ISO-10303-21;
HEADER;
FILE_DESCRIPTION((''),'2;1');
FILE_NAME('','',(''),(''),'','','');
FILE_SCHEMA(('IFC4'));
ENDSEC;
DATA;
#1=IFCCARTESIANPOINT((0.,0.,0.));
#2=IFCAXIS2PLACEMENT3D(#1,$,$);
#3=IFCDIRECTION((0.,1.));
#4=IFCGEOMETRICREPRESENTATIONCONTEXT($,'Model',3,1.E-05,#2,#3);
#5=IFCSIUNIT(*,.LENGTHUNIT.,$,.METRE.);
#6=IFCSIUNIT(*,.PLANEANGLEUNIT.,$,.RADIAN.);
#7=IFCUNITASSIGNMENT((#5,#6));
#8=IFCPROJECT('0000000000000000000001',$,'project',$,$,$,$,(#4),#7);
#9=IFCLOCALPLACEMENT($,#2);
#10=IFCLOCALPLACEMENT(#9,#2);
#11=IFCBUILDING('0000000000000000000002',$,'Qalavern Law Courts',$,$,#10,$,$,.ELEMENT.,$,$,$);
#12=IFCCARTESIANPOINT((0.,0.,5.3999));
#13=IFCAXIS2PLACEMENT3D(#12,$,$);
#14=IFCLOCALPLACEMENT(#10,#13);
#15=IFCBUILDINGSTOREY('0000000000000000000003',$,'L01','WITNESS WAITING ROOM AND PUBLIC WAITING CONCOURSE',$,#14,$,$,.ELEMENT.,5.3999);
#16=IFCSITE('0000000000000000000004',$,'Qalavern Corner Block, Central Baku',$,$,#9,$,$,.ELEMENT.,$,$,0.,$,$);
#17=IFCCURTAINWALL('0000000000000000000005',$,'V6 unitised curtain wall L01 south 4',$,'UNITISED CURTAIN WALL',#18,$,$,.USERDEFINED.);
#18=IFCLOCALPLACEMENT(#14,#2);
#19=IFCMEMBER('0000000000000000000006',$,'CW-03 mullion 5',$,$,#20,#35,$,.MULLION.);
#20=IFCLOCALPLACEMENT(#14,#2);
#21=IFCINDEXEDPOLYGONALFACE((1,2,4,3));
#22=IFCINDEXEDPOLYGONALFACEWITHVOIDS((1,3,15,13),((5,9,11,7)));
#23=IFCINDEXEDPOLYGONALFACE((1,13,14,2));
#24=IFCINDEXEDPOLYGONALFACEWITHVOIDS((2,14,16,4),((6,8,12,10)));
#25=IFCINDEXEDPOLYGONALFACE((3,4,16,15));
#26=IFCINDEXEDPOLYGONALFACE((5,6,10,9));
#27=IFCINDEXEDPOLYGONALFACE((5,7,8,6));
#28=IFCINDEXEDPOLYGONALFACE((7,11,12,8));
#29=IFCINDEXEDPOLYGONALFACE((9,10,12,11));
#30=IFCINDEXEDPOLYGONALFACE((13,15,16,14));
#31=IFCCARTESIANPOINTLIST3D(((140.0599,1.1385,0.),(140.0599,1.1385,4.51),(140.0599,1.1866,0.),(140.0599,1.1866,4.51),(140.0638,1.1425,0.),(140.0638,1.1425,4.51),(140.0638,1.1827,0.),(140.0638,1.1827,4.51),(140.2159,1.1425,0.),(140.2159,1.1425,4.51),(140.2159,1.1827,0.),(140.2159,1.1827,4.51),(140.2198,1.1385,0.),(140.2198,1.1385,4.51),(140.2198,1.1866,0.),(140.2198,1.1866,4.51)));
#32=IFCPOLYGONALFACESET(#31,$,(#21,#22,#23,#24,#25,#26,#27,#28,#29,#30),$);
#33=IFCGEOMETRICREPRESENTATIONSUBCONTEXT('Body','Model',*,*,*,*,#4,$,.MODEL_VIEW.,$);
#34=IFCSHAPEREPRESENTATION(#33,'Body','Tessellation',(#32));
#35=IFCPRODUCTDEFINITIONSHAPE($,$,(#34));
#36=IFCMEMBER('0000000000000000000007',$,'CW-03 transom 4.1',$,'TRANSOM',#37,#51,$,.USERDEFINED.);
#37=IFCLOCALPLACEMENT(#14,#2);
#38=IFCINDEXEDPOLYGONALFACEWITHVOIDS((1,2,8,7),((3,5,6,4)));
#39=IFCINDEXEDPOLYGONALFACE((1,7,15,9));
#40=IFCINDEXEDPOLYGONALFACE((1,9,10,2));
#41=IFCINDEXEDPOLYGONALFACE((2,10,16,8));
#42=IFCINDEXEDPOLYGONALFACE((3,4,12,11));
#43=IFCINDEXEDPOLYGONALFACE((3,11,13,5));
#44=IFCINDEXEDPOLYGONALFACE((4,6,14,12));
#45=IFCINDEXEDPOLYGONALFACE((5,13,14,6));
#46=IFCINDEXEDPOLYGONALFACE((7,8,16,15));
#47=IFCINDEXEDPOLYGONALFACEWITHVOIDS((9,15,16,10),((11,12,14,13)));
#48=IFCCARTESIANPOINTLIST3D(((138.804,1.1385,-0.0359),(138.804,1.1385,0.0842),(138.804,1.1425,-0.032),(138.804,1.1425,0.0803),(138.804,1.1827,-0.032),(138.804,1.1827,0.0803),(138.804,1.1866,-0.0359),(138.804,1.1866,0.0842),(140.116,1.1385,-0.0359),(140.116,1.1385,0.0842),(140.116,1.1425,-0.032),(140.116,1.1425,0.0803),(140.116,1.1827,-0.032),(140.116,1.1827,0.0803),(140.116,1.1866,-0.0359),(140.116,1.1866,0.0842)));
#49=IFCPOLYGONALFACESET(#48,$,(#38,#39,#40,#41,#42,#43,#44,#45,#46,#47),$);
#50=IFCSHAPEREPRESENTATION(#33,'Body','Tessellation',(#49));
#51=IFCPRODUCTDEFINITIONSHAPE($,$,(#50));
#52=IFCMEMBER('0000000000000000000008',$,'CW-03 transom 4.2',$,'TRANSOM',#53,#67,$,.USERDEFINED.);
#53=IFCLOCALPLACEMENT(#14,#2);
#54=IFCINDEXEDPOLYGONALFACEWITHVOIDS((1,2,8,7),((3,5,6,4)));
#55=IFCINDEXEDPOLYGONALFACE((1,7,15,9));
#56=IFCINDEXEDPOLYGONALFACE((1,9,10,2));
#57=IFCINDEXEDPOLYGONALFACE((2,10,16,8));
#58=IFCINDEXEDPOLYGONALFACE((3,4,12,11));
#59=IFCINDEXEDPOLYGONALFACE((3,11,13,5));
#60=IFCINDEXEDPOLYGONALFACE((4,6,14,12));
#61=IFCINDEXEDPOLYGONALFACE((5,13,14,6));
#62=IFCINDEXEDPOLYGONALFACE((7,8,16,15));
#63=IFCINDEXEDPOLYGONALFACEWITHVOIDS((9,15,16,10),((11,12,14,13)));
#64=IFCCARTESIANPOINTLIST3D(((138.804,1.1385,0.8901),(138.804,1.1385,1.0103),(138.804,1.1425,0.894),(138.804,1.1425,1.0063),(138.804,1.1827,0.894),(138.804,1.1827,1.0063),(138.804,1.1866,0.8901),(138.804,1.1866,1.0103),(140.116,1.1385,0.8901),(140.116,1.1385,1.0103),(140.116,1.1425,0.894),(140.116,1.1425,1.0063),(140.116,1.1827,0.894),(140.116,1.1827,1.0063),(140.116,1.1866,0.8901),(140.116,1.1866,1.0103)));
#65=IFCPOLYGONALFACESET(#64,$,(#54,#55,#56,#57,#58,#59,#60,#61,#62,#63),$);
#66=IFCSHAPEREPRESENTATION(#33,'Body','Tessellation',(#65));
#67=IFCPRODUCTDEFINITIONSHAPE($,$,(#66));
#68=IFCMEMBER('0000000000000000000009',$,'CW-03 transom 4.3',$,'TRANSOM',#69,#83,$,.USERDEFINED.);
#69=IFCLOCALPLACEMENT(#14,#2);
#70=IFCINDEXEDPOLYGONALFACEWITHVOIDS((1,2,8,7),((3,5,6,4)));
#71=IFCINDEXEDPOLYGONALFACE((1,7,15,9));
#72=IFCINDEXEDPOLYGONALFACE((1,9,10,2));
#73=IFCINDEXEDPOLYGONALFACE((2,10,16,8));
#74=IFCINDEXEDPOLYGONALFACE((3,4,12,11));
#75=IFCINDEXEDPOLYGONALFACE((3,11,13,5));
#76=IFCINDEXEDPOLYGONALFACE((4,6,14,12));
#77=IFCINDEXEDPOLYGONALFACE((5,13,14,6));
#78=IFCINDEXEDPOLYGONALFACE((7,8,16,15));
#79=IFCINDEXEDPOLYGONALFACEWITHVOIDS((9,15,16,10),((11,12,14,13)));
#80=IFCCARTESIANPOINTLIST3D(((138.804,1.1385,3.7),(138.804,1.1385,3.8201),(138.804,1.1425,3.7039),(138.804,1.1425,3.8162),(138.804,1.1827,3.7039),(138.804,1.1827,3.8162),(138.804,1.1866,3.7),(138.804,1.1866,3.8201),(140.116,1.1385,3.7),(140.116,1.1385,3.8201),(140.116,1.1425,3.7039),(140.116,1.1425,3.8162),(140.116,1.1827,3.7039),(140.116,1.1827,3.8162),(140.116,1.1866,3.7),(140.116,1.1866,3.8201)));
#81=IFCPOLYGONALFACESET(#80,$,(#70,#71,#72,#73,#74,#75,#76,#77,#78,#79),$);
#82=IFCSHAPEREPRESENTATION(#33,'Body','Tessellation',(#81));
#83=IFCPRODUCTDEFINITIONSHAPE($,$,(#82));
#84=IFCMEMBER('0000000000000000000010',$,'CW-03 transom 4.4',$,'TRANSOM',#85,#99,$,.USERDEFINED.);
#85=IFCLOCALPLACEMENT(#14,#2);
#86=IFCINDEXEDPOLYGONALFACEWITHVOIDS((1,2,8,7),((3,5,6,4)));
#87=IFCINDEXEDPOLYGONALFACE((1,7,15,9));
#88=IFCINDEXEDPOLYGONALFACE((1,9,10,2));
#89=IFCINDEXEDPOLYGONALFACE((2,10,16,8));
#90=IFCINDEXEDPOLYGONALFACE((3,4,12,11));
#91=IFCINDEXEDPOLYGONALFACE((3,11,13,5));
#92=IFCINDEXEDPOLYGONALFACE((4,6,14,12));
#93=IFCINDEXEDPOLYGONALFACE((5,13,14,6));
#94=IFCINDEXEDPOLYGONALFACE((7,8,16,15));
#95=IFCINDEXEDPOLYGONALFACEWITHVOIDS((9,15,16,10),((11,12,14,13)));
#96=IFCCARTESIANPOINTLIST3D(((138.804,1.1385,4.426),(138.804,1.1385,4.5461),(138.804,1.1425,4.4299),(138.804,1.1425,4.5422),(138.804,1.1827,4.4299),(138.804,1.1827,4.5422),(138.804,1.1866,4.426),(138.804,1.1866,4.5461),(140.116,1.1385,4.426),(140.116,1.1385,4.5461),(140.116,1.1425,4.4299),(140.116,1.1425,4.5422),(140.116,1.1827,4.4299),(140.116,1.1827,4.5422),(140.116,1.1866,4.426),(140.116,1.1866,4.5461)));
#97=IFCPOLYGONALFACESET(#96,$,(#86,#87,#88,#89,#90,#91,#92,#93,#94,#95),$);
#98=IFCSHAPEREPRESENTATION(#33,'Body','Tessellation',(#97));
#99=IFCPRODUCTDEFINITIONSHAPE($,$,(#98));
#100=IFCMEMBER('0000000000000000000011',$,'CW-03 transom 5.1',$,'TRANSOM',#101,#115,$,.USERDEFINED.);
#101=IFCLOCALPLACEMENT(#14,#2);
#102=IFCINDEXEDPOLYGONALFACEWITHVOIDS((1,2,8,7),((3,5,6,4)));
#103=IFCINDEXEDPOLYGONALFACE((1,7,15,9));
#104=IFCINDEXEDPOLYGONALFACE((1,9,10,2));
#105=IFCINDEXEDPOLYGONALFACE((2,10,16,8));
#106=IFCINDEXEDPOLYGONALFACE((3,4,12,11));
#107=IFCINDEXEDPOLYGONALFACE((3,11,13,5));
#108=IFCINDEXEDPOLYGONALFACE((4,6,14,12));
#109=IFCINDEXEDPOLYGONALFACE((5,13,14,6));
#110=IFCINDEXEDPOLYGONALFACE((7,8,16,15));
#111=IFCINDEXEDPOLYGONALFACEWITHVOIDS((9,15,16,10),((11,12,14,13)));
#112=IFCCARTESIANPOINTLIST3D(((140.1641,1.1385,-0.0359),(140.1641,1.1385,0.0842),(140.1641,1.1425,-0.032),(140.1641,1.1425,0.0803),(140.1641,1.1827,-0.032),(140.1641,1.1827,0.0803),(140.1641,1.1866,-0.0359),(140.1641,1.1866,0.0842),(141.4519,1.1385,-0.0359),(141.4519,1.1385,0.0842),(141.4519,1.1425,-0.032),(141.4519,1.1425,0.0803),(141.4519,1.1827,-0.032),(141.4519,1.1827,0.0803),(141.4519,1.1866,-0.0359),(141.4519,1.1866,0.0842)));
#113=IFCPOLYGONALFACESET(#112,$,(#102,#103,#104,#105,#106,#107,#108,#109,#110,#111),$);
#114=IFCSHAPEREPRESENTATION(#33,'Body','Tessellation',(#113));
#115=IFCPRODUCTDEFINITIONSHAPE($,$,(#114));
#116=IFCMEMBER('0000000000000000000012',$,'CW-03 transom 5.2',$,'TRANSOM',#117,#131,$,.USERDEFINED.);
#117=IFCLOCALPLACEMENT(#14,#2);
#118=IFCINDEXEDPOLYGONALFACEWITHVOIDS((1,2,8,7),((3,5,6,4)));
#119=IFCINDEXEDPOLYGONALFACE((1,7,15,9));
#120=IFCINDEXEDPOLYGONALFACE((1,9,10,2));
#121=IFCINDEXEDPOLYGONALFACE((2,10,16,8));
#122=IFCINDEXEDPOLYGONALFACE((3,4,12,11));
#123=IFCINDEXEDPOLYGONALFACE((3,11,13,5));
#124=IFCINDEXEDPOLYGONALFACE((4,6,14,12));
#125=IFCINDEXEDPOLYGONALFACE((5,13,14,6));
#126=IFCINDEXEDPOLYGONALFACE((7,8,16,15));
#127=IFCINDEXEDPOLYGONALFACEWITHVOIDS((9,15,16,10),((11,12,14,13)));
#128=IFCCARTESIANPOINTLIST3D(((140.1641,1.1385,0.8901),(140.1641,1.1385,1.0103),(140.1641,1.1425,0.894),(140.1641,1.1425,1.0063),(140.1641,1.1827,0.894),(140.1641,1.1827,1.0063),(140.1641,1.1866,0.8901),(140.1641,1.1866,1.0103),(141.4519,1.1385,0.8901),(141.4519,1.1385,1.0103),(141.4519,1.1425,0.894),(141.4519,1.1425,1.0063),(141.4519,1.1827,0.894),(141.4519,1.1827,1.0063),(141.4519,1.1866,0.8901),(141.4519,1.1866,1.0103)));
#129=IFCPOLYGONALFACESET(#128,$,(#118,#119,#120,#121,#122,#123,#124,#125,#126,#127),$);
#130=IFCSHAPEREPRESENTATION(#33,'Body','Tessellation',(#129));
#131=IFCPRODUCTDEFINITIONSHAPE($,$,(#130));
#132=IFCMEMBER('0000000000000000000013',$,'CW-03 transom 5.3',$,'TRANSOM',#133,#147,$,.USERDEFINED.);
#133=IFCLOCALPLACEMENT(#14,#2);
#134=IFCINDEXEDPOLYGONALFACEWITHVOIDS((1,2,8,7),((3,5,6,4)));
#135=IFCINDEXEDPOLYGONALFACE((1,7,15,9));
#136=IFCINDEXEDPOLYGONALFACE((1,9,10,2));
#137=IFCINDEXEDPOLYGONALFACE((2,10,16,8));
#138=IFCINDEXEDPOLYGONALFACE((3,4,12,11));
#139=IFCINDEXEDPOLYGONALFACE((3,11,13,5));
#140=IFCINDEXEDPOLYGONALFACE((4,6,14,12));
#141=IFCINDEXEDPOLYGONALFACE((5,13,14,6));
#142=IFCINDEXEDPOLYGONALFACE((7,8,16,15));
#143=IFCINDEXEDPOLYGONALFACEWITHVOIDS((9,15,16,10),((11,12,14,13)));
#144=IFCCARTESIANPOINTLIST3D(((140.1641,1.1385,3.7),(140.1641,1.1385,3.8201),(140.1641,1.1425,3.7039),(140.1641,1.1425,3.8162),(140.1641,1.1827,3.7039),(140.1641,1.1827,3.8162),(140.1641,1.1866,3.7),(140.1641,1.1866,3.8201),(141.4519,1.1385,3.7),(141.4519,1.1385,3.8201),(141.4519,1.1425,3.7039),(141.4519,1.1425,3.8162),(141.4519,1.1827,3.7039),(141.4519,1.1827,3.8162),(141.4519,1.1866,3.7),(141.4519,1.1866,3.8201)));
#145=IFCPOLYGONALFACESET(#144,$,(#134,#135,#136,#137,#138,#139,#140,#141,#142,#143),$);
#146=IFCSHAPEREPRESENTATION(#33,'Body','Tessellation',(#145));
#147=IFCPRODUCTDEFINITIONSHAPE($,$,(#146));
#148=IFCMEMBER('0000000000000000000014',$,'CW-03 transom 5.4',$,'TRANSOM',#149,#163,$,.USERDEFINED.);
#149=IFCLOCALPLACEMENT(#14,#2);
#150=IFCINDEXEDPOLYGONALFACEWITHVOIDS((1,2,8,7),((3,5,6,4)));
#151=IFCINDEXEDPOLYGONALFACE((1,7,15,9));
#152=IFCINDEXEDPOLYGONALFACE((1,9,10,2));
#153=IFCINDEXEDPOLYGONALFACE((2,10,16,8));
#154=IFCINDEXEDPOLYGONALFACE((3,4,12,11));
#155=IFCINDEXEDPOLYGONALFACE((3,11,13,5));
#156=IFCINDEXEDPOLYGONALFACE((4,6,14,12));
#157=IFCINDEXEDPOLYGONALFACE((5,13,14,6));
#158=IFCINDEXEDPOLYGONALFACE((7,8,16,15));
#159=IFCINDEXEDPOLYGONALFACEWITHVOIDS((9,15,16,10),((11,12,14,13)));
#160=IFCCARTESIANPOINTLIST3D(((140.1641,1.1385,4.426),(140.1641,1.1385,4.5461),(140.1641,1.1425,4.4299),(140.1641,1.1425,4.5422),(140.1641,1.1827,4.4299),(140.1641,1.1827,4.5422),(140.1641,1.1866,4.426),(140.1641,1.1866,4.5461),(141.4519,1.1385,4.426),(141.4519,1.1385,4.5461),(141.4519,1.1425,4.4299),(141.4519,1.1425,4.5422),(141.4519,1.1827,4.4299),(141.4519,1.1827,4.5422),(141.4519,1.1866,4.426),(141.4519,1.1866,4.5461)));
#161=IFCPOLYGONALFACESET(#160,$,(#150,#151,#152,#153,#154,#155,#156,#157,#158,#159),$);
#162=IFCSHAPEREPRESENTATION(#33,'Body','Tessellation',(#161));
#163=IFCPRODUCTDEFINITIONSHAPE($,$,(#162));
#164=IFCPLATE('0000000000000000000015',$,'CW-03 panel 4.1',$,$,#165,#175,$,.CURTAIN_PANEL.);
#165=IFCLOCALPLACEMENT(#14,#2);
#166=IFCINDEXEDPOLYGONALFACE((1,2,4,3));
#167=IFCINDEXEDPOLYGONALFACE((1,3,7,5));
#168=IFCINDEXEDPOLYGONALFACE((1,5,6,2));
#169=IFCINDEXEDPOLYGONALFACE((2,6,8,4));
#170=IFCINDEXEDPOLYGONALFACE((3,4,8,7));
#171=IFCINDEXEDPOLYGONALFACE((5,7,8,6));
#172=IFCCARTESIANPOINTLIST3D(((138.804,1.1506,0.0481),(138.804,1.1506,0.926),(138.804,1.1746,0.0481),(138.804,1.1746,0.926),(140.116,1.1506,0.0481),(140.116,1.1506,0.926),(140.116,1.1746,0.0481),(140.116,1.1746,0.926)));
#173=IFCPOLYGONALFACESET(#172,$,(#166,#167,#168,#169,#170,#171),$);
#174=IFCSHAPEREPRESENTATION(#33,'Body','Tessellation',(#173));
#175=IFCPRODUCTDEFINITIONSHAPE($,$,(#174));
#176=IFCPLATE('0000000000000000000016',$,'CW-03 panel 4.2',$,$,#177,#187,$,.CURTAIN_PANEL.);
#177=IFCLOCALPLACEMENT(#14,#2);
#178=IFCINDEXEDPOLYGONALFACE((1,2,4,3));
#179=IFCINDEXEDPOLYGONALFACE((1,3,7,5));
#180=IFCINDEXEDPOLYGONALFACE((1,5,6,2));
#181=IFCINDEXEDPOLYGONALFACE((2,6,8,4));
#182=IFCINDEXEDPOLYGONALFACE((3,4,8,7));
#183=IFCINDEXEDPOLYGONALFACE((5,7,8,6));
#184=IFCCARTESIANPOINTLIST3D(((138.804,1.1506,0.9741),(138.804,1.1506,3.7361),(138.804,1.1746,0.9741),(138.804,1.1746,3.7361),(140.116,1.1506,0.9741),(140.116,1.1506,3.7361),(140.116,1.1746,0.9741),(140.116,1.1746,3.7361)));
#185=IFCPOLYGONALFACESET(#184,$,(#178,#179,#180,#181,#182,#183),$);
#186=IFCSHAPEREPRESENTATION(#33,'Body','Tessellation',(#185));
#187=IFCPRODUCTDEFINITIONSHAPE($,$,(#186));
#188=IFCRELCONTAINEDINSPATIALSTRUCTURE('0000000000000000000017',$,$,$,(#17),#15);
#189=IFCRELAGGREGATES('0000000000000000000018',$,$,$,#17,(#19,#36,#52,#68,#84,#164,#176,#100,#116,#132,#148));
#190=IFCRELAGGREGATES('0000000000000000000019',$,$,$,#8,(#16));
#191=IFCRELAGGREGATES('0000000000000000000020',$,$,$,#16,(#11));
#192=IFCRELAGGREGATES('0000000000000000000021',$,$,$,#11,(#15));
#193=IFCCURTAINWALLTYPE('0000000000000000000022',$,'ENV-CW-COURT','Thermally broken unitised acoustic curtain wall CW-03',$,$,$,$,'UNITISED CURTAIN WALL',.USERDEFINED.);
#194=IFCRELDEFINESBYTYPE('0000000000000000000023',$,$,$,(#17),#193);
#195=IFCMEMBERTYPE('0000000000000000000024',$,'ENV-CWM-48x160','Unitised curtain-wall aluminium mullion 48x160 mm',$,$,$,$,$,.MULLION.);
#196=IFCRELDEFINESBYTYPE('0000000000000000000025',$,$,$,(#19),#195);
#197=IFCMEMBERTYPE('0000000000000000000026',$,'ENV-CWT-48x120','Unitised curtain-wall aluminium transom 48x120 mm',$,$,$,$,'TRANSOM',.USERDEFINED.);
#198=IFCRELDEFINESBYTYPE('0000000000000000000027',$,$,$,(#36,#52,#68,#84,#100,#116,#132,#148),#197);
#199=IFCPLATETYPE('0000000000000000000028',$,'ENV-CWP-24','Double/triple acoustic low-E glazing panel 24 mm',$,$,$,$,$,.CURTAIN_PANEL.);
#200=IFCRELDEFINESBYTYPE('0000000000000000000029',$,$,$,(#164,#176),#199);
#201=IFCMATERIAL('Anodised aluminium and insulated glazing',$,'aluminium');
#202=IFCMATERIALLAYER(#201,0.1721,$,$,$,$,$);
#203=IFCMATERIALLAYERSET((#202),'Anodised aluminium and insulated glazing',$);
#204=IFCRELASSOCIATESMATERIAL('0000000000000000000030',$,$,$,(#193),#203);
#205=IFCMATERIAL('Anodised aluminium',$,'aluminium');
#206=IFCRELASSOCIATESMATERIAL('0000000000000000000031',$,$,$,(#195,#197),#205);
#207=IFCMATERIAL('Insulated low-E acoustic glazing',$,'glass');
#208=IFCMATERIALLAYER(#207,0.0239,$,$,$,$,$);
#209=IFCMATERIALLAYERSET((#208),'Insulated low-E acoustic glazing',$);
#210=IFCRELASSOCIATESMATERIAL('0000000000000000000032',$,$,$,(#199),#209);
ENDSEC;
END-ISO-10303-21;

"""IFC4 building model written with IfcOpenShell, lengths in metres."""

from ifc_helpers import new_model, si_unit, direction, frame, origin, origin_2d, place, context, subcontext, project, spatial, rectangle, hollow_rectangle, extrude, material, layer, layer_set, material_profile, profile_set, type_object, element, aggregate, save


model = new_model("IFC4")

# Units and contexts
model_context = context("Model", 3, precision=1e-05, world=origin(), true_north=direction((0.0, 1.0)))
body_context = subcontext(model_context, "Body", "Model", "MODEL_VIEW")
ifc_project = project(units=[si_unit("LENGTHUNIT", "METRE"), si_unit("PLANEANGLEUNIT", "RADIAN")], contexts=[model_context])

# Site, building, storey
site_placement = place(None, origin())
site = spatial("IfcSite", under=ifc_project, at=site_placement, Name="Qalavern Corner Block, Central Baku", CompositionType="ELEMENT", RefElevation=0.0)
building_placement = place(site_placement, origin())
building = spatial("IfcBuilding", under=site, at=building_placement, Name="Qalavern Law Courts", CompositionType="ELEMENT")
storey_placement = place(building_placement, frame((0.0, 0.0, 5.3999)))
storey = spatial("IfcBuildingStorey", under=building, at=storey_placement, Name="L01", Description="WITNESS WAITING ROOM AND PUBLIC WAITING CONCOURSE", CompositionType="ELEMENT", Elevation=5.3999)

# Curtain wall, members, plates
ifc_material_1 = material(Name="Anodised aluminium and insulated glazing", Category="aluminium")
ifc_layer_1 = layer(ifc_material_1, 0.1721)
ifc_layer_set_1 = layer_set([ifc_layer_1], Name="Anodised aluminium and insulated glazing")
curtain_wall_type = type_object("IfcCurtainWallType", Name="ENV-CW-COURT", Description="Thermally broken unitised acoustic curtain wall CW-03", ElementType="UNITISED CURTAIN WALL", PredefinedType="USERDEFINED", material=ifc_layer_set_1)
curtain_wall_placement = place(storey_placement, origin())
curtain_wall = element("IfcCurtainWall", 1, at=curtain_wall_placement, inside=storey, type_object=curtain_wall_type, Name="V6 unitised curtain wall L01 south 4", ObjectType="UNITISED CURTAIN WALL", PredefinedType="USERDEFINED")
ifc_material_2 = material(Name="Anodised aluminium", Category="aluminium")
ifc_material_profile_1 = material_profile(ifc_material_2, hollow_rectangle(XDim=0.0481, YDim=0.1599, WallThickness=0.0039, at=origin_2d()), Name="ALU MULLION 48x160")
ifc_profile_set_1 = profile_set([ifc_material_profile_1], Name="Anodised aluminium")
member_type_1 = type_object("IfcMemberType", Name="ENV-CWM-48x160", Description="Unitised curtain-wall aluminium mullion 48x160 mm", PredefinedType="MULLION", material=ifc_profile_set_1)
member_1_placement = place(storey_placement, frame((140.1399, 1.1626, 0.0), z_axis=(0.0, 0.0, 1.0), x_axis=(0.0, 1.0, 0.0)))
member_1 = element("IfcMember", 2, at=member_1_placement, type_object=member_type_1, Name="CW-03 mullion 5", PredefinedType="MULLION", context=body_context, shape_type="SweptSolid", body=[
    extrude(hollow_rectangle(XDim=0.0481, YDim=0.1599, WallThickness=0.0039, at=origin_2d()), origin(), (0.0, 0.0, 1.0), 4.51),
])
ifc_material_profile_2 = material_profile(ifc_material_2, hollow_rectangle(XDim=0.0481, YDim=0.1201, WallThickness=0.0039, at=origin_2d()), Name="ALU TRANSOM 48x120")
ifc_profile_set_2 = profile_set([ifc_material_profile_2], Name="Anodised aluminium")
member_type_2 = type_object("IfcMemberType", Name="ENV-CWT-48x120", Description="Unitised curtain-wall aluminium transom 48x120 mm", ElementType="TRANSOM", PredefinedType="USERDEFINED", material=ifc_profile_set_2)
member_2_placement = place(storey_placement, frame((138.804, 1.1626, 0.0242), z_axis=(1.0, 0.0, 0.0), x_axis=(0.0, 1.0, 0.0)))
member_2 = element("IfcMember", 3, at=member_2_placement, type_object=member_type_2, Name="CW-03 transom 4.1", ObjectType="TRANSOM", PredefinedType="USERDEFINED", context=body_context, shape_type="SweptSolid", body=[
    extrude(hollow_rectangle(XDim=0.0481, YDim=0.1201, WallThickness=0.0039, at=origin_2d()), origin(), (0.0, 0.0, 1.0), 1.312),
])
member_3_placement = place(storey_placement, frame((138.804, 1.1626, 0.9502), z_axis=(1.0, 0.0, 0.0), x_axis=(0.0, 1.0, 0.0)))
member_3 = element("IfcMember", 4, at=member_3_placement, type_object=member_type_2, Name="CW-03 transom 4.2", ObjectType="TRANSOM", PredefinedType="USERDEFINED", context=body_context, shape_type="SweptSolid", body=[
    extrude(hollow_rectangle(XDim=0.0481, YDim=0.1201, WallThickness=0.0039, at=origin_2d()), origin(), (0.0, 0.0, 1.0), 1.312),
])
member_4_placement = place(storey_placement, frame((138.804, 1.1626, 3.76), z_axis=(1.0, 0.0, 0.0), x_axis=(0.0, 1.0, 0.0)))
member_4 = element("IfcMember", 5, at=member_4_placement, type_object=member_type_2, Name="CW-03 transom 4.3", ObjectType="TRANSOM", PredefinedType="USERDEFINED", context=body_context, shape_type="SweptSolid", body=[
    extrude(hollow_rectangle(XDim=0.0481, YDim=0.1201, WallThickness=0.0039, at=origin_2d()), origin(), (0.0, 0.0, 1.0), 1.312),
])
member_5_placement = place(storey_placement, frame((138.804, 1.1626, 4.4861), z_axis=(1.0, 0.0, 0.0), x_axis=(0.0, 1.0, 0.0)))
member_5 = element("IfcMember", 6, at=member_5_placement, type_object=member_type_2, Name="CW-03 transom 4.4", ObjectType="TRANSOM", PredefinedType="USERDEFINED", context=body_context, shape_type="SweptSolid", body=[
    extrude(hollow_rectangle(XDim=0.0481, YDim=0.1201, WallThickness=0.0039, at=origin_2d()), origin(), (0.0, 0.0, 1.0), 1.312),
])
member_6_placement = place(storey_placement, frame((140.1641, 1.1626, 0.0242), z_axis=(1.0, 0.0, 0.0), x_axis=(0.0, 1.0, 0.0)))
member_6 = element("IfcMember", 7, at=member_6_placement, type_object=member_type_2, Name="CW-03 transom 5.1", ObjectType="TRANSOM", PredefinedType="USERDEFINED", context=body_context, shape_type="SweptSolid", body=[
    extrude(hollow_rectangle(XDim=0.0481, YDim=0.1201, WallThickness=0.0039, at=origin_2d()), origin(), (0.0, 0.0, 1.0), 1.2878),
])
member_7_placement = place(storey_placement, frame((140.1641, 1.1626, 0.9502), z_axis=(1.0, 0.0, 0.0), x_axis=(0.0, 1.0, 0.0)))
member_7 = element("IfcMember", 8, at=member_7_placement, type_object=member_type_2, Name="CW-03 transom 5.2", ObjectType="TRANSOM", PredefinedType="USERDEFINED", context=body_context, shape_type="SweptSolid", body=[
    extrude(hollow_rectangle(XDim=0.0481, YDim=0.1201, WallThickness=0.0039, at=origin_2d()), origin(), (0.0, 0.0, 1.0), 1.2878),
])
member_8_placement = place(storey_placement, frame((140.1641, 1.1626, 3.76), z_axis=(1.0, 0.0, 0.0), x_axis=(0.0, 1.0, 0.0)))
member_8 = element("IfcMember", 9, at=member_8_placement, type_object=member_type_2, Name="CW-03 transom 5.3", ObjectType="TRANSOM", PredefinedType="USERDEFINED", context=body_context, shape_type="SweptSolid", body=[
    extrude(hollow_rectangle(XDim=0.0481, YDim=0.1201, WallThickness=0.0039, at=origin_2d()), origin(), (0.0, 0.0, 1.0), 1.2878),
])
member_9_placement = place(storey_placement, frame((140.1641, 1.1626, 4.4861), z_axis=(1.0, 0.0, 0.0), x_axis=(0.0, 1.0, 0.0)))
member_9 = element("IfcMember", 10, at=member_9_placement, type_object=member_type_2, Name="CW-03 transom 5.4", ObjectType="TRANSOM", PredefinedType="USERDEFINED", context=body_context, shape_type="SweptSolid", body=[
    extrude(hollow_rectangle(XDim=0.0481, YDim=0.1201, WallThickness=0.0039, at=origin_2d()), origin(), (0.0, 0.0, 1.0), 1.2878),
])
ifc_material_3 = material(Name="Insulated low-E acoustic glazing", Category="glass")
ifc_layer_2 = layer(ifc_material_3, 0.0239)
ifc_layer_set_2 = layer_set([ifc_layer_2], Name="Insulated low-E acoustic glazing")
plate_type = type_object("IfcPlateType", Name="ENV-CWP-24", Description="Double/triple acoustic low-E glazing panel 24 mm", PredefinedType="CURTAIN_PANEL", material=ifc_layer_set_2)
plate_1_placement = place(storey_placement, frame((139.46, 1.1626, 0.0481), z_axis=(0.0, 0.0, 1.0), x_axis=(1.0, 0.0, 0.0)))
plate_1 = element("IfcPlate", 11, at=plate_1_placement, type_object=plate_type, Name="CW-03 panel 4.1", PredefinedType="CURTAIN_PANEL", context=body_context, shape_type="SweptSolid", body=[
    extrude(rectangle(XDim=1.312, YDim=0.0239, at=origin_2d()), origin(), (0.0, 0.0, 1.0), 0.8779),
])
plate_2_placement = place(storey_placement, frame((139.46, 1.1626, 0.9741), z_axis=(0.0, 0.0, 1.0), x_axis=(1.0, 0.0, 0.0)))
plate_2 = element("IfcPlate", 12, at=plate_2_placement, type_object=plate_type, Name="CW-03 panel 4.2", PredefinedType="CURTAIN_PANEL", context=body_context, shape_type="SweptSolid", body=[
    extrude(rectangle(XDim=1.312, YDim=0.0239, at=origin_2d()), origin(), (0.0, 0.0, 1.0), 2.762),
])
aggregate(curtain_wall, [member_1, member_2, member_3, member_4, member_5, plate_1, plate_2, member_6, member_7, member_8, member_9])

save(model, "model.ifc")
